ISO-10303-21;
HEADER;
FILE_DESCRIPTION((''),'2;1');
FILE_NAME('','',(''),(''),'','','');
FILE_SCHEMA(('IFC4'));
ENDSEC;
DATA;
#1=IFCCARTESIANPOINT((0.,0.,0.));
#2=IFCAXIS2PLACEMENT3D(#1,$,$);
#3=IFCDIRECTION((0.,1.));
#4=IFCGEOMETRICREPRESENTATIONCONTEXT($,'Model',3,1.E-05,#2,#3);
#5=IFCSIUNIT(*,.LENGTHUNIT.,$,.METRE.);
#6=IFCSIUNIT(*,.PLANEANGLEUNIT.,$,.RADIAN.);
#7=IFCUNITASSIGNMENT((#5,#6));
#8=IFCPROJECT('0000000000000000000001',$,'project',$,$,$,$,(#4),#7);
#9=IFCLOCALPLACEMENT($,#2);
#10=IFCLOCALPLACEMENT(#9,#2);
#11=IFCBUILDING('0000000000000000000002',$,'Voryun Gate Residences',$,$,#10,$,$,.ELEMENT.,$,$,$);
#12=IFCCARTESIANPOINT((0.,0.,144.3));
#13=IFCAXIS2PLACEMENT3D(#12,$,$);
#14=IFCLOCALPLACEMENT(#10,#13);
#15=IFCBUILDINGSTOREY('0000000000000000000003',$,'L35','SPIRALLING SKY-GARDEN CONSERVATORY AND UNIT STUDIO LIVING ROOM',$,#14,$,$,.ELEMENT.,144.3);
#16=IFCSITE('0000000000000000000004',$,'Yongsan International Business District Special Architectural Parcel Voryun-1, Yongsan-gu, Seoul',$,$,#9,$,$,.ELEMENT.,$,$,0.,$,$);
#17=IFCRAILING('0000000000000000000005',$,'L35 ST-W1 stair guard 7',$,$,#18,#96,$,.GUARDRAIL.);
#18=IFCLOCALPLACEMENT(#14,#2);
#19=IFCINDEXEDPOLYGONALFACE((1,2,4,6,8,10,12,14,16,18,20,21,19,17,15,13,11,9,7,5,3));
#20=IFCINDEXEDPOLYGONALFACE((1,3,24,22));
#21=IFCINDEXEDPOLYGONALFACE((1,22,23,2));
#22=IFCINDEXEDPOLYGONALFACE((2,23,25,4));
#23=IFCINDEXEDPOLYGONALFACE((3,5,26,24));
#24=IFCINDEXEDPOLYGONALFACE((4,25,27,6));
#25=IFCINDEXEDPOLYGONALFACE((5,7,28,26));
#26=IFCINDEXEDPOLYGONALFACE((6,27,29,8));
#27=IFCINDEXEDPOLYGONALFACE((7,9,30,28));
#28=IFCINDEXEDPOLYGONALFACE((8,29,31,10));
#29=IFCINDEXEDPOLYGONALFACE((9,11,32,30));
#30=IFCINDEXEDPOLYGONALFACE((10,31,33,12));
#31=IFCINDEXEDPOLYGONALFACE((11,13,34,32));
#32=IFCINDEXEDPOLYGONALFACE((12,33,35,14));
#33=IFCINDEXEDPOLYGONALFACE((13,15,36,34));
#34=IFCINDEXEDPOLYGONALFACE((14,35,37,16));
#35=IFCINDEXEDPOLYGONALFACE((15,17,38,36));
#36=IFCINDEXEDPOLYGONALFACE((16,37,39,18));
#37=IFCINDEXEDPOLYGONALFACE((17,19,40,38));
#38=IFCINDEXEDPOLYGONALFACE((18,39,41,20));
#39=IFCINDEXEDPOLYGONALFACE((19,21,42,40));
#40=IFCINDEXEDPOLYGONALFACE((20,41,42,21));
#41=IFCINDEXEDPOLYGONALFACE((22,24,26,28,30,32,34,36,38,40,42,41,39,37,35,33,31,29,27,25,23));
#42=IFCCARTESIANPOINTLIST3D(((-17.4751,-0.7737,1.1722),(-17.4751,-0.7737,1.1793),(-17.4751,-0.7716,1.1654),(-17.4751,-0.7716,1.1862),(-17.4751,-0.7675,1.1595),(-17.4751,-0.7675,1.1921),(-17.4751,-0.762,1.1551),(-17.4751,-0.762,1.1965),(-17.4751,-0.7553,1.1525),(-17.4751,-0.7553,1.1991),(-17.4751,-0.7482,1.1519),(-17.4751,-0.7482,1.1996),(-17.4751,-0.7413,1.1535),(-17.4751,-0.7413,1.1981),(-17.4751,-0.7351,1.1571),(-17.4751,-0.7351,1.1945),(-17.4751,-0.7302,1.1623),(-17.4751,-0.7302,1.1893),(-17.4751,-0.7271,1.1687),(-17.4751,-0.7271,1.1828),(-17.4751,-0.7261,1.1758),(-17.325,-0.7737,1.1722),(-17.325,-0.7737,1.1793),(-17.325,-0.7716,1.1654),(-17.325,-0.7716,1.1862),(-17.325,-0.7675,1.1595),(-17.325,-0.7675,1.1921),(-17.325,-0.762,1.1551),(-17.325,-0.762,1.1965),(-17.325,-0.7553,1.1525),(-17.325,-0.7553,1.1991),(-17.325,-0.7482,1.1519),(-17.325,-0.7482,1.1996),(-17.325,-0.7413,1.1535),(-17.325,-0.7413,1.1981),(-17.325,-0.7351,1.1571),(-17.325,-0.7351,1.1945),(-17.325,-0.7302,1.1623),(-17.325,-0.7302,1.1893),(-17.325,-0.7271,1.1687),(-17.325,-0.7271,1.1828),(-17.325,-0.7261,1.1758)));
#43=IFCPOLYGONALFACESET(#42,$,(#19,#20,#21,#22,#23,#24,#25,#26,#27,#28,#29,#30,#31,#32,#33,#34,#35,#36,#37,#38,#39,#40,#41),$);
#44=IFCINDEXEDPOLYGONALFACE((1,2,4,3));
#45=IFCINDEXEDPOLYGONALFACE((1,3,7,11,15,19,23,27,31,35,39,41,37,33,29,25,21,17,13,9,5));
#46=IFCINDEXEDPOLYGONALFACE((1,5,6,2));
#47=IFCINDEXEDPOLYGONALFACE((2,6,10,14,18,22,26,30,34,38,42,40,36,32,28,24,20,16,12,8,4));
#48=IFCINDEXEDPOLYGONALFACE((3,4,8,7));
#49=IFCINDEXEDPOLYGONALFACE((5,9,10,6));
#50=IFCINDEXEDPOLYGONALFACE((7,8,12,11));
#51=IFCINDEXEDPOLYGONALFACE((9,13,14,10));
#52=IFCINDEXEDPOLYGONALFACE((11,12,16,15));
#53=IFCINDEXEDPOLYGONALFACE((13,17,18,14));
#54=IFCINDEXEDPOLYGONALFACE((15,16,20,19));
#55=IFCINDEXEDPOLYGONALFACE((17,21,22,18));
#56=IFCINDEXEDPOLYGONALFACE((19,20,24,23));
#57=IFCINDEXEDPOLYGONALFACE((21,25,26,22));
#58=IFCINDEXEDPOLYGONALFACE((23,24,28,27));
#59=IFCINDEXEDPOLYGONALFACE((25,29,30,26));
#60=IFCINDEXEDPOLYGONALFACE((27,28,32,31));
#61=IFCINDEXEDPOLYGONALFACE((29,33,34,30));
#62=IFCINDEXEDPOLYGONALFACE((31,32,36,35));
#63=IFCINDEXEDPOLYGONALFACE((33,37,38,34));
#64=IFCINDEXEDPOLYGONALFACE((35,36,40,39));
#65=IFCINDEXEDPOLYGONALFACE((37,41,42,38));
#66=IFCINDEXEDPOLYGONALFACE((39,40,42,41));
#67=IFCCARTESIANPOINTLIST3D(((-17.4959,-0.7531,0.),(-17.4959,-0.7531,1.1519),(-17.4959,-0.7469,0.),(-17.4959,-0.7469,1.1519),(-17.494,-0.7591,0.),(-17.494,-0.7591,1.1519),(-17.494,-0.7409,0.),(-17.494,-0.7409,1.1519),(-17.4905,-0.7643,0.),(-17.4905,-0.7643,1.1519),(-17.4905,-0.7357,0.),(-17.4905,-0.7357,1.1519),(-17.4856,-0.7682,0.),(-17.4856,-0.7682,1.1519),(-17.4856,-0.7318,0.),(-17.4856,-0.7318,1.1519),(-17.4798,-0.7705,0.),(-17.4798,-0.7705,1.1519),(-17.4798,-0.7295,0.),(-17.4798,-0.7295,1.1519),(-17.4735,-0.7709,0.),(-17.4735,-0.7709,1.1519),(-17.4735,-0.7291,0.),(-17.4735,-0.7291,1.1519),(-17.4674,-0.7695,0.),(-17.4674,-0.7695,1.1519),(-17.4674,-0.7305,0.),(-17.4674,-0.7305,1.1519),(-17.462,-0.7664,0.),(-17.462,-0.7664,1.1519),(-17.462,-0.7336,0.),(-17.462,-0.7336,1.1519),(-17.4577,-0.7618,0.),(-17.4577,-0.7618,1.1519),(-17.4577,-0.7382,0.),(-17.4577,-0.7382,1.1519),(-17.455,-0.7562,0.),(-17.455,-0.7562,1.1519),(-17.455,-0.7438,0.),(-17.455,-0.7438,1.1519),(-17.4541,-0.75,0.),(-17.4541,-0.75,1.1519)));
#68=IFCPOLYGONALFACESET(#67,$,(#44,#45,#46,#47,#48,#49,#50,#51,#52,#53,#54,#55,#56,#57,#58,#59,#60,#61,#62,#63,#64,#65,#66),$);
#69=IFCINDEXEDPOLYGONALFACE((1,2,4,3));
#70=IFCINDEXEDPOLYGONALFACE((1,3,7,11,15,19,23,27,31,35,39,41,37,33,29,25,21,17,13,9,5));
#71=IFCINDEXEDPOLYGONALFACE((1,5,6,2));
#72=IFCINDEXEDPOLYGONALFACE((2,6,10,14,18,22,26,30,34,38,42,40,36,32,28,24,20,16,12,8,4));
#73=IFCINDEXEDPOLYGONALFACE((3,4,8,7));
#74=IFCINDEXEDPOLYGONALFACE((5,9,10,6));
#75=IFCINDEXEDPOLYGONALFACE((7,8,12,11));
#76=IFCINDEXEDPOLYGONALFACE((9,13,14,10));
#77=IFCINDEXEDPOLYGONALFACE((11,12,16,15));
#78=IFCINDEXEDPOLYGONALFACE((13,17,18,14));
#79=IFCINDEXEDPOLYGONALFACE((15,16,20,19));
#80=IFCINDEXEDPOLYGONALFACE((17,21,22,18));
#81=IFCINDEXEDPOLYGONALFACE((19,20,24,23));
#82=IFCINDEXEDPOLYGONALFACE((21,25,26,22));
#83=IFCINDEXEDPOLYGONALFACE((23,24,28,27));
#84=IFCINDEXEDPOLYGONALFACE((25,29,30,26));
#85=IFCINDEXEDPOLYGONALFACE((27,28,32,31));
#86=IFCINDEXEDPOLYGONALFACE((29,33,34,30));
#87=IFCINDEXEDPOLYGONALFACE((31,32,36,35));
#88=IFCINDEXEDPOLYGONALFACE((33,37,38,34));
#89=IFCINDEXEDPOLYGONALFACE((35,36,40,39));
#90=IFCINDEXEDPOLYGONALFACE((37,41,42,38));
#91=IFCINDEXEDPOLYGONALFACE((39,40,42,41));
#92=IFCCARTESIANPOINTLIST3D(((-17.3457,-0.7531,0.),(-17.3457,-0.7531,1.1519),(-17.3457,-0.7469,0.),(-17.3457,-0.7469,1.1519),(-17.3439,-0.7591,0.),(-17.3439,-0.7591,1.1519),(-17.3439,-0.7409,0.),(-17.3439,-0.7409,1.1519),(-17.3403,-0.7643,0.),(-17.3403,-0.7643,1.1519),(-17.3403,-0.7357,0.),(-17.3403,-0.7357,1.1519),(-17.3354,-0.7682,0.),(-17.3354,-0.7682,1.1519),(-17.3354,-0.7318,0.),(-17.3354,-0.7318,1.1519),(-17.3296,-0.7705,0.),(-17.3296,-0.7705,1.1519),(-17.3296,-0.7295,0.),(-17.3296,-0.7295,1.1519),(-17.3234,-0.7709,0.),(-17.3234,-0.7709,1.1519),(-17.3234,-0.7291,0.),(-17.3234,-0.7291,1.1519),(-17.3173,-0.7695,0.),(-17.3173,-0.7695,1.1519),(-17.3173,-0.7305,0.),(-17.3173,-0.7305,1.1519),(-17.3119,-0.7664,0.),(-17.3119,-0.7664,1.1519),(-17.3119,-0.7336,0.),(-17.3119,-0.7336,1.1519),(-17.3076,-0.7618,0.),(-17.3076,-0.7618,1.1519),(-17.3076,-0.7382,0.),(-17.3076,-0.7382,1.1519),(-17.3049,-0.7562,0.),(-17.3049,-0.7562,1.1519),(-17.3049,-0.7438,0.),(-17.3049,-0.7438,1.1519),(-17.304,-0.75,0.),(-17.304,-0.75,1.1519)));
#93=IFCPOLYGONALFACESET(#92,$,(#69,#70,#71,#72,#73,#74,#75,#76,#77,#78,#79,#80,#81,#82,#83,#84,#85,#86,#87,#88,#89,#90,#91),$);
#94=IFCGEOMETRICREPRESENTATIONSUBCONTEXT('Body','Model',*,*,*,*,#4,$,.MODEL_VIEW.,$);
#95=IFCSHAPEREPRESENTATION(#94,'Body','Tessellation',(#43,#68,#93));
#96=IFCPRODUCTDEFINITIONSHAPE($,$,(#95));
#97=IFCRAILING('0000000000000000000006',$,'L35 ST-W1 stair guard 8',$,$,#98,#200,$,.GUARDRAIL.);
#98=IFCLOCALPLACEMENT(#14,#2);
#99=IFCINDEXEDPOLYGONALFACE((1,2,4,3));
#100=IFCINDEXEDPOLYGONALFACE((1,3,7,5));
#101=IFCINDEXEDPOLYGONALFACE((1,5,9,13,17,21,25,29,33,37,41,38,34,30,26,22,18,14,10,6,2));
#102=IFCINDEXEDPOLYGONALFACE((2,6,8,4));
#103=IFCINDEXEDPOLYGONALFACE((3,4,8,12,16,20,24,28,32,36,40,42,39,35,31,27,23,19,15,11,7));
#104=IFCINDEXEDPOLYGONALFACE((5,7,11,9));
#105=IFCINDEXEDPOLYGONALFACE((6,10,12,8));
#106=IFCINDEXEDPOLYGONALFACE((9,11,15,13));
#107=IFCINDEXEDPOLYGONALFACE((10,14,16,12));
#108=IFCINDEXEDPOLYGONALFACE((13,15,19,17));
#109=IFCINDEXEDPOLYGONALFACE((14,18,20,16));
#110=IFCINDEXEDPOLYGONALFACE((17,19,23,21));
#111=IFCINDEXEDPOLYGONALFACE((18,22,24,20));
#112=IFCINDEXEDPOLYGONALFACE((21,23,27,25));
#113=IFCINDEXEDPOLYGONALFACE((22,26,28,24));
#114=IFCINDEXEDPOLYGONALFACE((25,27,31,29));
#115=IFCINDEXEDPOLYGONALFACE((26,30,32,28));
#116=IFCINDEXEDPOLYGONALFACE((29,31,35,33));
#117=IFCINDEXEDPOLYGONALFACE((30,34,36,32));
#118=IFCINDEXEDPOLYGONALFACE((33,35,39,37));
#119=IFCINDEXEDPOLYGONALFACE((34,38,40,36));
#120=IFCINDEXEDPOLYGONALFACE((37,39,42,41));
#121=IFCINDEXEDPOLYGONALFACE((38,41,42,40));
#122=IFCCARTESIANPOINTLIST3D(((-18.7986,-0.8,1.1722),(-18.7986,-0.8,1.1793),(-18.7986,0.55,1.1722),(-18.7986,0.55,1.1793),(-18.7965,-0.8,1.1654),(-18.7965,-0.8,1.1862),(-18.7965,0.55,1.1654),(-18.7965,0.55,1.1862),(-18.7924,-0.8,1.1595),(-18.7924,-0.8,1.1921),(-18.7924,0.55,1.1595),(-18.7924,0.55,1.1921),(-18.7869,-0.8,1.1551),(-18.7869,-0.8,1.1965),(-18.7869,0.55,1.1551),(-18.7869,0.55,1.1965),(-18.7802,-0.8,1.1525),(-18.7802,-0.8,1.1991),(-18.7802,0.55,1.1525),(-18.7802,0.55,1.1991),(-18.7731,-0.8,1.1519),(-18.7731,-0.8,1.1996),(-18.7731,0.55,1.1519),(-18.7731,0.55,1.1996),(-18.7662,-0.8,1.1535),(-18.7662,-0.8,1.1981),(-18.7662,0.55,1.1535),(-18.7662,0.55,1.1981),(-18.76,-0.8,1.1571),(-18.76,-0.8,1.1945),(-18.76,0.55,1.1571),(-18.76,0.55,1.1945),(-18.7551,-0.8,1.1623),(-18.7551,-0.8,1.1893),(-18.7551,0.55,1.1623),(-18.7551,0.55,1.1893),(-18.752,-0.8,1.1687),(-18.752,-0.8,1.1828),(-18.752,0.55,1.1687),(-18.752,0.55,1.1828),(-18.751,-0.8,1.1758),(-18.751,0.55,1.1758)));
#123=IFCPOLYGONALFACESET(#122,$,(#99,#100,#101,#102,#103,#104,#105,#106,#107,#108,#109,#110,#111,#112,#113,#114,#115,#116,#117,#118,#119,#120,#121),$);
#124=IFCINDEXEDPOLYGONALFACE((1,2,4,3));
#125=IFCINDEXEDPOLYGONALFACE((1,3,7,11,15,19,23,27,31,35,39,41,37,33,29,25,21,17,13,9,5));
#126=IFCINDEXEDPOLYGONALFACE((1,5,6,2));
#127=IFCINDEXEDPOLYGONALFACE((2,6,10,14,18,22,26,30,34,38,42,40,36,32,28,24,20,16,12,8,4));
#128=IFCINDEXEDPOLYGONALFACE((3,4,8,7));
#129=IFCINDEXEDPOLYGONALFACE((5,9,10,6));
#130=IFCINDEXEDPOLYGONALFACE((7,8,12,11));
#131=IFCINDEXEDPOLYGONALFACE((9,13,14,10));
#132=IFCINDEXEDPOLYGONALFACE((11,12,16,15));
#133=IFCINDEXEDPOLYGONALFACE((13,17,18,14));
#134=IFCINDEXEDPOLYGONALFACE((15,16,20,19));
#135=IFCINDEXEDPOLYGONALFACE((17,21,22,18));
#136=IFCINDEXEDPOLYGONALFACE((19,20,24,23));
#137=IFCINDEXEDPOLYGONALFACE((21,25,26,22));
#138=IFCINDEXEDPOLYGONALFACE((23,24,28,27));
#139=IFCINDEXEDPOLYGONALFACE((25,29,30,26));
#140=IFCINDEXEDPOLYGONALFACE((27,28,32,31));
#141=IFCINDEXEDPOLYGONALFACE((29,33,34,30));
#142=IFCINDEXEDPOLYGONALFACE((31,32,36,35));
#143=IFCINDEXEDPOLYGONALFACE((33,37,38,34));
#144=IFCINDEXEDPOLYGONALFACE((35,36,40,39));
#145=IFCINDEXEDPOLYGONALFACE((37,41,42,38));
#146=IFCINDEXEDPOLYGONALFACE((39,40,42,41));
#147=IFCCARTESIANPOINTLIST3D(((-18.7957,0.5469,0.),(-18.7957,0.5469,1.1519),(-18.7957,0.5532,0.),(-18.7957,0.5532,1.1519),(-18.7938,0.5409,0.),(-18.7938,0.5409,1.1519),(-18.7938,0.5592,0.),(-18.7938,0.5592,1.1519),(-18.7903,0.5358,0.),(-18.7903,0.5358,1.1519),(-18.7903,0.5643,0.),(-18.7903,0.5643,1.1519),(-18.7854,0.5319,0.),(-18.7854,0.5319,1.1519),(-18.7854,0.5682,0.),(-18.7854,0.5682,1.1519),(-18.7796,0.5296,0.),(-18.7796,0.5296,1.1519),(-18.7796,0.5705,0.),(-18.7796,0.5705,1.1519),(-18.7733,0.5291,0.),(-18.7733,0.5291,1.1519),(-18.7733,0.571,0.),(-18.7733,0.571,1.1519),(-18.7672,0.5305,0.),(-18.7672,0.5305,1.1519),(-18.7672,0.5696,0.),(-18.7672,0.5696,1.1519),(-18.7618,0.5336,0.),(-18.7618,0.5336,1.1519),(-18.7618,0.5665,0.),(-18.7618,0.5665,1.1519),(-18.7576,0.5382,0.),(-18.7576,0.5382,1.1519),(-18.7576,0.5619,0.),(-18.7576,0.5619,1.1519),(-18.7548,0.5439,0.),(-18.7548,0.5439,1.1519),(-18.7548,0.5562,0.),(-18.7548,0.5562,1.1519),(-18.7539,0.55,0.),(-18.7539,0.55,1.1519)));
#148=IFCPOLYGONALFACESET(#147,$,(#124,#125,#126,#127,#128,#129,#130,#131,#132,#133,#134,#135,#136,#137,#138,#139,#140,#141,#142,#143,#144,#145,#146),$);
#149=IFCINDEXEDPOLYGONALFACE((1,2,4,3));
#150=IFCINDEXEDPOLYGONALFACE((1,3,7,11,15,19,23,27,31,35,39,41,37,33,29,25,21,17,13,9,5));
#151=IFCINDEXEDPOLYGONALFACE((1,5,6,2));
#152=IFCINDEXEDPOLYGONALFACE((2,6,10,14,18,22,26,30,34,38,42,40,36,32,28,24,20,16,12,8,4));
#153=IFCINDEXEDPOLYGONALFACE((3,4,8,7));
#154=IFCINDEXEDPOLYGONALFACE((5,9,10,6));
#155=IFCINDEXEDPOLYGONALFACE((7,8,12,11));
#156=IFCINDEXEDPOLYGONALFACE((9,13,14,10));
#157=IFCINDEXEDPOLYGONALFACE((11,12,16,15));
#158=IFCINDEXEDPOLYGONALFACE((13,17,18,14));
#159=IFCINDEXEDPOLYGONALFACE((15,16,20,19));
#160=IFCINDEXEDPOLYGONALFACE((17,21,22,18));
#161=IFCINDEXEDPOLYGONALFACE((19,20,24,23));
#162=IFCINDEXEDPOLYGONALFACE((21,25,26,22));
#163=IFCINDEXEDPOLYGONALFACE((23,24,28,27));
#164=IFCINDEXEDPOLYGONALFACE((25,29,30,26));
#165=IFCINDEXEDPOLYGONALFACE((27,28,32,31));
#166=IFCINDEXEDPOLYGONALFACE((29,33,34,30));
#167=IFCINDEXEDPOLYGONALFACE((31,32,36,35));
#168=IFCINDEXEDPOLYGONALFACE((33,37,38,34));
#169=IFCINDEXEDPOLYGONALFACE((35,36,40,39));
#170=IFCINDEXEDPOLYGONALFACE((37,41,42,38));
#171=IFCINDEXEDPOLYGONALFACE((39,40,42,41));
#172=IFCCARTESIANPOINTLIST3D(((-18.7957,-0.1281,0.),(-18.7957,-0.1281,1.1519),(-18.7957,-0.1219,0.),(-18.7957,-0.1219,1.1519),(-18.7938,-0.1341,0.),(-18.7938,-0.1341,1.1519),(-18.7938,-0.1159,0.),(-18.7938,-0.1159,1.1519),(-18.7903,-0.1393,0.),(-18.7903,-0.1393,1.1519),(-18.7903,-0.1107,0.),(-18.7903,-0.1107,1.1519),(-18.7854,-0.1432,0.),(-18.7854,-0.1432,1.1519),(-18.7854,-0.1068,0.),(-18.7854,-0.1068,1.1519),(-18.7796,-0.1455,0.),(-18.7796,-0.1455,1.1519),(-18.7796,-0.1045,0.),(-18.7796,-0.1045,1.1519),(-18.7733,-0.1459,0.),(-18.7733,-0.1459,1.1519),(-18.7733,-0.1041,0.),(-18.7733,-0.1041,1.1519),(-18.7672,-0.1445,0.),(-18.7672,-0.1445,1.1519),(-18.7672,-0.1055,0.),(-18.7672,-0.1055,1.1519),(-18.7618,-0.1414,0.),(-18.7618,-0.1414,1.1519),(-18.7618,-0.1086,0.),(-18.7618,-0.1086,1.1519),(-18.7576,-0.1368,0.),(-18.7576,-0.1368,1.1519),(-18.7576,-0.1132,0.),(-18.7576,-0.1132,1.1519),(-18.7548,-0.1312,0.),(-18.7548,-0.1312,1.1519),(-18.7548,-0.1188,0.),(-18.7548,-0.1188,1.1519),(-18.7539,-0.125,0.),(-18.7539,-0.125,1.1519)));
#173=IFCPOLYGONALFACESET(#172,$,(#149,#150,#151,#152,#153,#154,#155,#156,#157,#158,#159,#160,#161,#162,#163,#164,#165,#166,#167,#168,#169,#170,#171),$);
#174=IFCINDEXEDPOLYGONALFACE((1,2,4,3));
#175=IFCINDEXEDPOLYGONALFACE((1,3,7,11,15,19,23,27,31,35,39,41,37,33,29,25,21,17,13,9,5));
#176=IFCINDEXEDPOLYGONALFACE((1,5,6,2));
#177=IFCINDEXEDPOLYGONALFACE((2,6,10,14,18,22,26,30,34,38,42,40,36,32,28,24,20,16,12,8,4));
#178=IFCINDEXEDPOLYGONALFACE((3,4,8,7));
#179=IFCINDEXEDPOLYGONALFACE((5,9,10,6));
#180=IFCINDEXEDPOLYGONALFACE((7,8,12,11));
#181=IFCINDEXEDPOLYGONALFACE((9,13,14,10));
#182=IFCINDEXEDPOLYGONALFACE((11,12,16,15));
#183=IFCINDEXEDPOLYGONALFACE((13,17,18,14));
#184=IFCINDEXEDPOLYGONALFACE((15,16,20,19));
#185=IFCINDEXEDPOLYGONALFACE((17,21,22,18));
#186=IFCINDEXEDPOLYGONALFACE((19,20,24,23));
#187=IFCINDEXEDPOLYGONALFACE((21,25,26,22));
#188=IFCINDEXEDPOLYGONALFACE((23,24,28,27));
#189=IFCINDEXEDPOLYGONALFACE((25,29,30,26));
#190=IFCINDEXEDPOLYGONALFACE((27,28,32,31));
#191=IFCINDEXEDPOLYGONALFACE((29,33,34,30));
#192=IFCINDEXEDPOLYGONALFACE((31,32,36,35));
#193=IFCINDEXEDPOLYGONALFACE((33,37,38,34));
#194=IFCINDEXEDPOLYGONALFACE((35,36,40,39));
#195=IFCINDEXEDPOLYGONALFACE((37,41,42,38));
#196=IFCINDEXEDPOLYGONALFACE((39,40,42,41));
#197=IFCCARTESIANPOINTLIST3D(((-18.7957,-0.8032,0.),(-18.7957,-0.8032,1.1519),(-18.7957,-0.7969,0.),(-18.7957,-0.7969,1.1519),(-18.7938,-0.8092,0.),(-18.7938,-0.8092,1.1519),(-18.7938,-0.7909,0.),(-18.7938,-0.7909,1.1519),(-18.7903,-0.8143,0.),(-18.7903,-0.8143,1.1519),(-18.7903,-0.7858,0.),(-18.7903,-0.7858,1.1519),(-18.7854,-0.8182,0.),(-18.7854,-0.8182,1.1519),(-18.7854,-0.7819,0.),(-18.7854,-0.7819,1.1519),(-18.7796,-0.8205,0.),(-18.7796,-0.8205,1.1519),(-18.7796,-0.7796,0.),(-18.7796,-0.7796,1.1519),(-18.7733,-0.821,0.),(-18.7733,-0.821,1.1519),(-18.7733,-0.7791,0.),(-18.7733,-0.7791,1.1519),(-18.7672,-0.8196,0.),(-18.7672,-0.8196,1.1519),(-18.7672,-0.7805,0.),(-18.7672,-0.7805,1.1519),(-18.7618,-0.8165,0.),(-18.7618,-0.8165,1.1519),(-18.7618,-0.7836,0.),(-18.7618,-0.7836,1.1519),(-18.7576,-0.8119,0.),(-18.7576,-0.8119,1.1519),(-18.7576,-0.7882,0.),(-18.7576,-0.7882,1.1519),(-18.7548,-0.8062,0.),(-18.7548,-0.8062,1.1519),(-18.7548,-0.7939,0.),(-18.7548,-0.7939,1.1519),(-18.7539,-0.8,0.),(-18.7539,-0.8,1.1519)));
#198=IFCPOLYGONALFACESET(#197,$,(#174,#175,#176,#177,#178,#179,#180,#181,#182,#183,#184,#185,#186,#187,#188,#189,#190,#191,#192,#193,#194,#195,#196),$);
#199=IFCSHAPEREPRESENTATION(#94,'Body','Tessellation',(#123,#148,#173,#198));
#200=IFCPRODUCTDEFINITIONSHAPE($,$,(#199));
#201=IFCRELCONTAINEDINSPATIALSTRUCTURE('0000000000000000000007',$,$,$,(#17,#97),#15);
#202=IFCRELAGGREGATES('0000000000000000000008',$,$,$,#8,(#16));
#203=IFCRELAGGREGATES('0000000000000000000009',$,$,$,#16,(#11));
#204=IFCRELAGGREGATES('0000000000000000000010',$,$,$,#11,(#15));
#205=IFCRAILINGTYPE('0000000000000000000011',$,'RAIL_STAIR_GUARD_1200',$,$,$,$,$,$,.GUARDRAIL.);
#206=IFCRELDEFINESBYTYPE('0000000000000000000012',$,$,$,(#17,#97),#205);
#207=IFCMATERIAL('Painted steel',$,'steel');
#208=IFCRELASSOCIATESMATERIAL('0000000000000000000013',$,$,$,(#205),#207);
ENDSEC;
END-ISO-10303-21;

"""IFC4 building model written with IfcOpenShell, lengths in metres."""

from ifc_helpers import new_model, si_unit, direction, frame, origin, origin_2d, place, context, subcontext, project, spatial, circle, extrude, material, type_object, element, save


model = new_model("IFC4")

# Units and contexts
model_context = context("Model", 3, precision=1e-05, world=origin(), true_north=direction((0.0, 1.0)))
body_context = subcontext(model_context, "Body", "Model", "MODEL_VIEW")
ifc_project = project(units=[si_unit("LENGTHUNIT", "METRE"), si_unit("PLANEANGLEUNIT", "RADIAN")], contexts=[model_context])

# Site, building, storey
site_placement = place(None, origin())
site = spatial("IfcSite", under=ifc_project, at=site_placement, Name="Yongsan International Business District Special Architectural Parcel Voryun-1, Yongsan-gu, Seoul", CompositionType="ELEMENT", RefElevation=0.0)
building_placement = place(site_placement, origin())
building = spatial("IfcBuilding", under=site, at=building_placement, Name="Voryun Gate Residences", CompositionType="ELEMENT")
storey_placement = place(building_placement, frame((0.0, 0.0, 144.3)))
storey = spatial("IfcBuildingStorey", under=building, at=storey_placement, Name="L35", Description="SPIRALLING SKY-GARDEN CONSERVATORY AND UNIT STUDIO LIVING ROOM", CompositionType="ELEMENT", Elevation=144.3)

# Railings
ifc_material_1 = material(Name="Painted steel", Category="steel")
railing_type_1 = type_object("IfcRailingType", Name="RAIL_STAIR_GUARD_1200", PredefinedType="GUARDRAIL", material=ifc_material_1)
railing_1_placement = place(storey_placement, frame((-17.4751, -0.75, 0.0)))
element("IfcRailing", 1, at=railing_1_placement, inside=storey, type_object=railing_type_1, Name="L35 ST-W1 stair guard 7", PredefinedType="GUARDRAIL", context=body_context, shape_type="SweptSolid", body=[
    extrude(circle(Radius=0.0239, at=origin_2d()), frame((0.0, 0.0, 1.1758), z_axis=(1.0, 0.0, 0.0), x_axis=(0.0, 1.0, 0.0)), (0.0, 0.0, 1.0), 0.1501),
    extrude(circle(Radius=0.021, at=origin_2d()), origin(), (0.0, 0.0, 1.0), 1.1519),
    extrude(circle(Radius=0.021, at=origin_2d()), frame((0.1501, 0.0, 0.0)), (0.0, 0.0, 1.0), 1.1519),
])
for number, where, name in (
    (2, (-18.7749, 0.55, 0.0), "L35 ST-W1 stair guard 8"),
):
    element("IfcRailing", number, at=place(storey_placement, frame(where)), inside=storey, type_object=railing_type_1, Name=name, PredefinedType="GUARDRAIL", context=body_context, shape_type="SweptSolid", body=[
        extrude(circle(Radius=0.0239, at=origin_2d()), frame((0.0, 0.0, 1.1758), z_axis=(0.0, -1.0, 0.0), x_axis=(1.0, 0.0, 0.0)), (0.0, 0.0, 1.0), 1.3501),
        extrude(circle(Radius=0.021, at=origin_2d()), origin(), (0.0, 0.0, 1.0), 1.1519),
        extrude(circle(Radius=0.021, at=origin_2d()), frame((0.0, -0.675, 0.0)), (0.0, 0.0, 1.0), 1.1519),
        extrude(circle(Radius=0.021, at=origin_2d()), frame((0.0, -1.3501, 0.0)), (0.0, 0.0, 1.0), 1.1519),
    ])

save(model, "model.ifc")
